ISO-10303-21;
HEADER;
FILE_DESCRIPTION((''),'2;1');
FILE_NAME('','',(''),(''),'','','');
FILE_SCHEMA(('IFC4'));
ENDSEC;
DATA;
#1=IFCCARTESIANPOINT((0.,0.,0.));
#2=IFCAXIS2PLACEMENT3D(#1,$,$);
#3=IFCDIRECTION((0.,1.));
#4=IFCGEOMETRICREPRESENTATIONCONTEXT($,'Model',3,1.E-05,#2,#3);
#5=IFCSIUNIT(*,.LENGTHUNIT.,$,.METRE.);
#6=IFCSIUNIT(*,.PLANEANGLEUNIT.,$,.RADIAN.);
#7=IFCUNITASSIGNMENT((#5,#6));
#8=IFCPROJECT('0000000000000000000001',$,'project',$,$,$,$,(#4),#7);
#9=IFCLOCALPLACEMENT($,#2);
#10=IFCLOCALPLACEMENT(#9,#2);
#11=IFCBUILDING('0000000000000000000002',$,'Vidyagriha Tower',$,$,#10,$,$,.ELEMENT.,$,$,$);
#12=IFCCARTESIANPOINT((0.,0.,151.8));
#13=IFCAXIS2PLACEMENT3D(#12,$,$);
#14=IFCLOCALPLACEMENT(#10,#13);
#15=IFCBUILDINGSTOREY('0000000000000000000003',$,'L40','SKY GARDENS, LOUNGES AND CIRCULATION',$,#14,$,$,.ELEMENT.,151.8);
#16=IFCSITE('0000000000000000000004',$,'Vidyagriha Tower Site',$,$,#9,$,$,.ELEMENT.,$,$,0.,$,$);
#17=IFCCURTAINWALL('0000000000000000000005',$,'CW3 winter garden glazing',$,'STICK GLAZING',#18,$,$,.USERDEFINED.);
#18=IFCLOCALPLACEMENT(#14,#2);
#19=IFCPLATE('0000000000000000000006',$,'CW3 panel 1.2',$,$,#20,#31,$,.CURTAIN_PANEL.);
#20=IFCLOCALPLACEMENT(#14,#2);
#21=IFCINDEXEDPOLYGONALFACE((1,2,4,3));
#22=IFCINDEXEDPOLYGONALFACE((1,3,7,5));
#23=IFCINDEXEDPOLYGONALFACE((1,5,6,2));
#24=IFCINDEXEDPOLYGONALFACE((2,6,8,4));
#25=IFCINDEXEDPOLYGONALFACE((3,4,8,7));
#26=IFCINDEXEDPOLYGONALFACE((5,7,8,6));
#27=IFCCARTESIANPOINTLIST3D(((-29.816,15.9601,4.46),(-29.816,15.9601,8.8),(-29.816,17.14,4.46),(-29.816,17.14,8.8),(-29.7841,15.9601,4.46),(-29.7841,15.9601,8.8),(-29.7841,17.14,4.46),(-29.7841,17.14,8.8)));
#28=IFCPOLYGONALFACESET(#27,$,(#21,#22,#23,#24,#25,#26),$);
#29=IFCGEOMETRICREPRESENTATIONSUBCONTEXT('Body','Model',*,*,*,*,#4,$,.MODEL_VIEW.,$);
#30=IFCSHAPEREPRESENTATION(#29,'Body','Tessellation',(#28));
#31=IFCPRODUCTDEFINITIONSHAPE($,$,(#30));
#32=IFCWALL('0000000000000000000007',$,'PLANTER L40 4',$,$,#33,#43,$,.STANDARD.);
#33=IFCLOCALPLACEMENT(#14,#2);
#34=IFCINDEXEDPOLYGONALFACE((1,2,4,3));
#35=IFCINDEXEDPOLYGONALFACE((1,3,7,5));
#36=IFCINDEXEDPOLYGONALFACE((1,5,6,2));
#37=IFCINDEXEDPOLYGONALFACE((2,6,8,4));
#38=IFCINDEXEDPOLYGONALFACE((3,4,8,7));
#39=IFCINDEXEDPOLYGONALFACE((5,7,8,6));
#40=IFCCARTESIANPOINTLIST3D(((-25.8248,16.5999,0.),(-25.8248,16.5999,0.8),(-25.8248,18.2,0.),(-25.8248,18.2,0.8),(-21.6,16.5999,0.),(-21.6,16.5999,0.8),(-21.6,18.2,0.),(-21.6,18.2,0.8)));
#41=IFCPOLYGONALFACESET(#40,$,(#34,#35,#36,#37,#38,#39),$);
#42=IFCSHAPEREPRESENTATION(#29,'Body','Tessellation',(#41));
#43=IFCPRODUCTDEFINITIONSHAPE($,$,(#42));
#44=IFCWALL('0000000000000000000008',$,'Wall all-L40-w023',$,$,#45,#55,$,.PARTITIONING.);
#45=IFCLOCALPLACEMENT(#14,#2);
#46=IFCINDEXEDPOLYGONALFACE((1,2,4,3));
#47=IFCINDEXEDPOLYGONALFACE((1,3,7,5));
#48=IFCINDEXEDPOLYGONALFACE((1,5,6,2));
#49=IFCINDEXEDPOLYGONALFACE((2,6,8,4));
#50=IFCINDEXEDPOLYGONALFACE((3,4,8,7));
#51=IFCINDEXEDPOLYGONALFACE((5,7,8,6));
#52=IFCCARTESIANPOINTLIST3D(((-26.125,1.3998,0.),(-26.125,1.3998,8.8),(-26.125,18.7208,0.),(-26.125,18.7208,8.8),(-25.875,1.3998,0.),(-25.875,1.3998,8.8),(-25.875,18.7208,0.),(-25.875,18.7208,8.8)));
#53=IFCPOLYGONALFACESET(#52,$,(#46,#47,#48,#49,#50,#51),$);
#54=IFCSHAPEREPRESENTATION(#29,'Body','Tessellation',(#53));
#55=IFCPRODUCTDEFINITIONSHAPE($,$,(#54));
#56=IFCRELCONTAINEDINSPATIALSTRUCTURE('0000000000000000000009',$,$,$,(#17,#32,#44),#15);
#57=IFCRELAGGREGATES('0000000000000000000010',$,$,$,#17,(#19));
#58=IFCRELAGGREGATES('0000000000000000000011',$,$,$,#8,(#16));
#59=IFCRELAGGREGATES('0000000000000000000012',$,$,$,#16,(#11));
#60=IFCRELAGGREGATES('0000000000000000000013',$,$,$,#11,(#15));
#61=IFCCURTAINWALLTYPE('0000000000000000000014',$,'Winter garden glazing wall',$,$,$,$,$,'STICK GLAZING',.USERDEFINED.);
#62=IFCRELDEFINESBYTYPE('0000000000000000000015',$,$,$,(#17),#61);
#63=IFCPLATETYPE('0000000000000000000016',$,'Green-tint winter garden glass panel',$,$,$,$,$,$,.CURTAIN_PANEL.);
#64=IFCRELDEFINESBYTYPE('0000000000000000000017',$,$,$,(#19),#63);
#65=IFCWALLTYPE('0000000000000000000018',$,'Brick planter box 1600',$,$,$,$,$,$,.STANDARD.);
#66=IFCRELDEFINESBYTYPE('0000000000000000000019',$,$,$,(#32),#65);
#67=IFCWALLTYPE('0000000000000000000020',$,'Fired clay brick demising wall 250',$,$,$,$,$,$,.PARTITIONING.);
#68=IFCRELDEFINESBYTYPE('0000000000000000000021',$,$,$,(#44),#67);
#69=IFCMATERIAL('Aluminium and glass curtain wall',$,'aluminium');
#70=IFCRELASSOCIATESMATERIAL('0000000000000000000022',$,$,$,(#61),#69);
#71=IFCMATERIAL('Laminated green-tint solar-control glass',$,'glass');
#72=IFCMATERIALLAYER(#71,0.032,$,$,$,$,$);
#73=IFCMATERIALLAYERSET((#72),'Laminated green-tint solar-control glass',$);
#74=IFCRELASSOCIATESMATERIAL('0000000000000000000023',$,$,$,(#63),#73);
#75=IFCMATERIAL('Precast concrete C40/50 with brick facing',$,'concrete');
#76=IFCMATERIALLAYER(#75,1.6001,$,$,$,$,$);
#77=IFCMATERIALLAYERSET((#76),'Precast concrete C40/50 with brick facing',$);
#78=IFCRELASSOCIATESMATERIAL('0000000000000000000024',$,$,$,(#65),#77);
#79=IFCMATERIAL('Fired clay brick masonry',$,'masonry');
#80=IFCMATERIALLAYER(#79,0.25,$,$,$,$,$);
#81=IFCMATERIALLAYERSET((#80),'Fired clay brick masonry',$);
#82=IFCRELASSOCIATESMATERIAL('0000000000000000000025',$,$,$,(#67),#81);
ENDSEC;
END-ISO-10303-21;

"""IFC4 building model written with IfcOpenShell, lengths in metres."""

from ifc_helpers import new_model, si_unit, direction, frame, frame_2d, origin, origin_2d, place, context, subcontext, project, spatial, rectangle, extrude, material, layer, layer_set, type_object, element, aggregate, save


model = new_model("IFC4")

# Units and contexts
model_context = context("Model", 3, precision=1e-05, world=origin(), true_north=direction((0.0, 1.0)))
body_context = subcontext(model_context, "Body", "Model", "MODEL_VIEW")
ifc_project = project(units=[si_unit("LENGTHUNIT", "METRE"), si_unit("PLANEANGLEUNIT", "RADIAN")], contexts=[model_context])

# Site, building, storey
site_placement = place(None, origin())
site = spatial("IfcSite", under=ifc_project, at=site_placement, Name="Vidyagriha Tower Site", CompositionType="ELEMENT", RefElevation=0.0)
building_placement = place(site_placement, origin())
building = spatial("IfcBuilding", under=site, at=building_placement, Name="Vidyagriha Tower", CompositionType="ELEMENT")
storey_placement = place(building_placement, frame((0.0, 0.0, 151.8)))
storey = spatial("IfcBuildingStorey", under=building, at=storey_placement, Name="L40", Description="SKY GARDENS, LOUNGES AND CIRCULATION", CompositionType="ELEMENT", Elevation=151.8)

# Curtain wall
ifc_material_1 = material(Name="Aluminium and glass curtain wall", Category="aluminium")
curtain_wall_type = type_object("IfcCurtainWallType", Name="Winter garden glazing wall", ElementType="STICK GLAZING", PredefinedType="USERDEFINED", material=ifc_material_1)
curtain_wall_1_placement = place(storey_placement, origin())
curtain_wall_1 = element("IfcCurtainWall", 1, at=curtain_wall_1_placement, inside=storey, type_object=curtain_wall_type, Name="CW3 winter garden glazing", ObjectType="STICK GLAZING", PredefinedType="USERDEFINED")

# Plate
ifc_material_2 = material(Name="Laminated green-tint solar-control glass", Category="glass")
ifc_layer_1 = layer(ifc_material_2, 0.032)
ifc_layer_set_1 = layer_set([ifc_layer_1], Name="Laminated green-tint solar-control glass")
plate_type = type_object("IfcPlateType", Name="Green-tint winter garden glass panel", PredefinedType="CURTAIN_PANEL", material=ifc_layer_set_1)
plate_1_placement = place(storey_placement, frame((-29.8, 16.55, 4.46), z_axis=(0.0, 0.0, 1.0), x_axis=(0.0, -1.0, 0.0)))
plate_1 = element("IfcPlate", 2, at=plate_1_placement, type_object=plate_type, Name="CW3 panel 1.2", PredefinedType="CURTAIN_PANEL", context=body_context, shape_type="SweptSolid", body=[
    extrude(rectangle(XDim=1.1799, YDim=0.032, at=origin_2d()), origin(), (0.0, 0.0, 1.0), 4.3401),
])
aggregate(curtain_wall_1, [plate_1])

# Walls
ifc_material_3 = material(Name="Precast concrete C40/50 with brick facing", Category="concrete")
ifc_layer_2 = layer(ifc_material_3, 1.6001)
ifc_layer_set_2 = layer_set([ifc_layer_2], Name="Precast concrete C40/50 with brick facing")
wall_type_1 = type_object("IfcWallType", Name="Brick planter box 1600", PredefinedType="STANDARD", material=ifc_layer_set_2)
wall_1_placement = place(storey_placement, frame((-21.6001, 17.3999, 0.0), z_axis=(0.0, 0.0, 1.0), x_axis=(-1.0, 0.0, 0.0)))
element("IfcWall", 3, at=wall_1_placement, inside=storey, type_object=wall_type_1, Name="PLANTER L40 4", PredefinedType="STANDARD", context=body_context, shape_type="SweptSolid", body=[
    extrude(rectangle(XDim=4.2249, YDim=1.6001, at=frame_2d((2.1123, 0.0))), origin(), (0.0, 0.0, 1.0), 0.8),
])
ifc_material_4 = material(Name="Fired clay brick masonry", Category="masonry")
ifc_layer_3 = layer(ifc_material_4, 0.25)
ifc_layer_set_3 = layer_set([ifc_layer_3], Name="Fired clay brick masonry")
wall_type_2 = type_object("IfcWallType", Name="Fired clay brick demising wall 250", PredefinedType="PARTITIONING", material=ifc_layer_set_3)
wall_2_placement = place(storey_placement, frame((-26.0, 18.7209, 0.0), z_axis=(0.0, 0.0, 1.0), x_axis=(0.0, -1.0, 0.0)))
element("IfcWall", 4, at=wall_2_placement, inside=storey, type_object=wall_type_2, Name="Wall all-L40-w023", PredefinedType="PARTITIONING", context=body_context, shape_type="SweptSolid", body=[
    extrude(rectangle(XDim=17.321, YDim=0.25, at=frame_2d((8.6606, 0.0))), origin(), (0.0, 0.0, 1.0), 8.8),
])

save(model, "model.ifc")
